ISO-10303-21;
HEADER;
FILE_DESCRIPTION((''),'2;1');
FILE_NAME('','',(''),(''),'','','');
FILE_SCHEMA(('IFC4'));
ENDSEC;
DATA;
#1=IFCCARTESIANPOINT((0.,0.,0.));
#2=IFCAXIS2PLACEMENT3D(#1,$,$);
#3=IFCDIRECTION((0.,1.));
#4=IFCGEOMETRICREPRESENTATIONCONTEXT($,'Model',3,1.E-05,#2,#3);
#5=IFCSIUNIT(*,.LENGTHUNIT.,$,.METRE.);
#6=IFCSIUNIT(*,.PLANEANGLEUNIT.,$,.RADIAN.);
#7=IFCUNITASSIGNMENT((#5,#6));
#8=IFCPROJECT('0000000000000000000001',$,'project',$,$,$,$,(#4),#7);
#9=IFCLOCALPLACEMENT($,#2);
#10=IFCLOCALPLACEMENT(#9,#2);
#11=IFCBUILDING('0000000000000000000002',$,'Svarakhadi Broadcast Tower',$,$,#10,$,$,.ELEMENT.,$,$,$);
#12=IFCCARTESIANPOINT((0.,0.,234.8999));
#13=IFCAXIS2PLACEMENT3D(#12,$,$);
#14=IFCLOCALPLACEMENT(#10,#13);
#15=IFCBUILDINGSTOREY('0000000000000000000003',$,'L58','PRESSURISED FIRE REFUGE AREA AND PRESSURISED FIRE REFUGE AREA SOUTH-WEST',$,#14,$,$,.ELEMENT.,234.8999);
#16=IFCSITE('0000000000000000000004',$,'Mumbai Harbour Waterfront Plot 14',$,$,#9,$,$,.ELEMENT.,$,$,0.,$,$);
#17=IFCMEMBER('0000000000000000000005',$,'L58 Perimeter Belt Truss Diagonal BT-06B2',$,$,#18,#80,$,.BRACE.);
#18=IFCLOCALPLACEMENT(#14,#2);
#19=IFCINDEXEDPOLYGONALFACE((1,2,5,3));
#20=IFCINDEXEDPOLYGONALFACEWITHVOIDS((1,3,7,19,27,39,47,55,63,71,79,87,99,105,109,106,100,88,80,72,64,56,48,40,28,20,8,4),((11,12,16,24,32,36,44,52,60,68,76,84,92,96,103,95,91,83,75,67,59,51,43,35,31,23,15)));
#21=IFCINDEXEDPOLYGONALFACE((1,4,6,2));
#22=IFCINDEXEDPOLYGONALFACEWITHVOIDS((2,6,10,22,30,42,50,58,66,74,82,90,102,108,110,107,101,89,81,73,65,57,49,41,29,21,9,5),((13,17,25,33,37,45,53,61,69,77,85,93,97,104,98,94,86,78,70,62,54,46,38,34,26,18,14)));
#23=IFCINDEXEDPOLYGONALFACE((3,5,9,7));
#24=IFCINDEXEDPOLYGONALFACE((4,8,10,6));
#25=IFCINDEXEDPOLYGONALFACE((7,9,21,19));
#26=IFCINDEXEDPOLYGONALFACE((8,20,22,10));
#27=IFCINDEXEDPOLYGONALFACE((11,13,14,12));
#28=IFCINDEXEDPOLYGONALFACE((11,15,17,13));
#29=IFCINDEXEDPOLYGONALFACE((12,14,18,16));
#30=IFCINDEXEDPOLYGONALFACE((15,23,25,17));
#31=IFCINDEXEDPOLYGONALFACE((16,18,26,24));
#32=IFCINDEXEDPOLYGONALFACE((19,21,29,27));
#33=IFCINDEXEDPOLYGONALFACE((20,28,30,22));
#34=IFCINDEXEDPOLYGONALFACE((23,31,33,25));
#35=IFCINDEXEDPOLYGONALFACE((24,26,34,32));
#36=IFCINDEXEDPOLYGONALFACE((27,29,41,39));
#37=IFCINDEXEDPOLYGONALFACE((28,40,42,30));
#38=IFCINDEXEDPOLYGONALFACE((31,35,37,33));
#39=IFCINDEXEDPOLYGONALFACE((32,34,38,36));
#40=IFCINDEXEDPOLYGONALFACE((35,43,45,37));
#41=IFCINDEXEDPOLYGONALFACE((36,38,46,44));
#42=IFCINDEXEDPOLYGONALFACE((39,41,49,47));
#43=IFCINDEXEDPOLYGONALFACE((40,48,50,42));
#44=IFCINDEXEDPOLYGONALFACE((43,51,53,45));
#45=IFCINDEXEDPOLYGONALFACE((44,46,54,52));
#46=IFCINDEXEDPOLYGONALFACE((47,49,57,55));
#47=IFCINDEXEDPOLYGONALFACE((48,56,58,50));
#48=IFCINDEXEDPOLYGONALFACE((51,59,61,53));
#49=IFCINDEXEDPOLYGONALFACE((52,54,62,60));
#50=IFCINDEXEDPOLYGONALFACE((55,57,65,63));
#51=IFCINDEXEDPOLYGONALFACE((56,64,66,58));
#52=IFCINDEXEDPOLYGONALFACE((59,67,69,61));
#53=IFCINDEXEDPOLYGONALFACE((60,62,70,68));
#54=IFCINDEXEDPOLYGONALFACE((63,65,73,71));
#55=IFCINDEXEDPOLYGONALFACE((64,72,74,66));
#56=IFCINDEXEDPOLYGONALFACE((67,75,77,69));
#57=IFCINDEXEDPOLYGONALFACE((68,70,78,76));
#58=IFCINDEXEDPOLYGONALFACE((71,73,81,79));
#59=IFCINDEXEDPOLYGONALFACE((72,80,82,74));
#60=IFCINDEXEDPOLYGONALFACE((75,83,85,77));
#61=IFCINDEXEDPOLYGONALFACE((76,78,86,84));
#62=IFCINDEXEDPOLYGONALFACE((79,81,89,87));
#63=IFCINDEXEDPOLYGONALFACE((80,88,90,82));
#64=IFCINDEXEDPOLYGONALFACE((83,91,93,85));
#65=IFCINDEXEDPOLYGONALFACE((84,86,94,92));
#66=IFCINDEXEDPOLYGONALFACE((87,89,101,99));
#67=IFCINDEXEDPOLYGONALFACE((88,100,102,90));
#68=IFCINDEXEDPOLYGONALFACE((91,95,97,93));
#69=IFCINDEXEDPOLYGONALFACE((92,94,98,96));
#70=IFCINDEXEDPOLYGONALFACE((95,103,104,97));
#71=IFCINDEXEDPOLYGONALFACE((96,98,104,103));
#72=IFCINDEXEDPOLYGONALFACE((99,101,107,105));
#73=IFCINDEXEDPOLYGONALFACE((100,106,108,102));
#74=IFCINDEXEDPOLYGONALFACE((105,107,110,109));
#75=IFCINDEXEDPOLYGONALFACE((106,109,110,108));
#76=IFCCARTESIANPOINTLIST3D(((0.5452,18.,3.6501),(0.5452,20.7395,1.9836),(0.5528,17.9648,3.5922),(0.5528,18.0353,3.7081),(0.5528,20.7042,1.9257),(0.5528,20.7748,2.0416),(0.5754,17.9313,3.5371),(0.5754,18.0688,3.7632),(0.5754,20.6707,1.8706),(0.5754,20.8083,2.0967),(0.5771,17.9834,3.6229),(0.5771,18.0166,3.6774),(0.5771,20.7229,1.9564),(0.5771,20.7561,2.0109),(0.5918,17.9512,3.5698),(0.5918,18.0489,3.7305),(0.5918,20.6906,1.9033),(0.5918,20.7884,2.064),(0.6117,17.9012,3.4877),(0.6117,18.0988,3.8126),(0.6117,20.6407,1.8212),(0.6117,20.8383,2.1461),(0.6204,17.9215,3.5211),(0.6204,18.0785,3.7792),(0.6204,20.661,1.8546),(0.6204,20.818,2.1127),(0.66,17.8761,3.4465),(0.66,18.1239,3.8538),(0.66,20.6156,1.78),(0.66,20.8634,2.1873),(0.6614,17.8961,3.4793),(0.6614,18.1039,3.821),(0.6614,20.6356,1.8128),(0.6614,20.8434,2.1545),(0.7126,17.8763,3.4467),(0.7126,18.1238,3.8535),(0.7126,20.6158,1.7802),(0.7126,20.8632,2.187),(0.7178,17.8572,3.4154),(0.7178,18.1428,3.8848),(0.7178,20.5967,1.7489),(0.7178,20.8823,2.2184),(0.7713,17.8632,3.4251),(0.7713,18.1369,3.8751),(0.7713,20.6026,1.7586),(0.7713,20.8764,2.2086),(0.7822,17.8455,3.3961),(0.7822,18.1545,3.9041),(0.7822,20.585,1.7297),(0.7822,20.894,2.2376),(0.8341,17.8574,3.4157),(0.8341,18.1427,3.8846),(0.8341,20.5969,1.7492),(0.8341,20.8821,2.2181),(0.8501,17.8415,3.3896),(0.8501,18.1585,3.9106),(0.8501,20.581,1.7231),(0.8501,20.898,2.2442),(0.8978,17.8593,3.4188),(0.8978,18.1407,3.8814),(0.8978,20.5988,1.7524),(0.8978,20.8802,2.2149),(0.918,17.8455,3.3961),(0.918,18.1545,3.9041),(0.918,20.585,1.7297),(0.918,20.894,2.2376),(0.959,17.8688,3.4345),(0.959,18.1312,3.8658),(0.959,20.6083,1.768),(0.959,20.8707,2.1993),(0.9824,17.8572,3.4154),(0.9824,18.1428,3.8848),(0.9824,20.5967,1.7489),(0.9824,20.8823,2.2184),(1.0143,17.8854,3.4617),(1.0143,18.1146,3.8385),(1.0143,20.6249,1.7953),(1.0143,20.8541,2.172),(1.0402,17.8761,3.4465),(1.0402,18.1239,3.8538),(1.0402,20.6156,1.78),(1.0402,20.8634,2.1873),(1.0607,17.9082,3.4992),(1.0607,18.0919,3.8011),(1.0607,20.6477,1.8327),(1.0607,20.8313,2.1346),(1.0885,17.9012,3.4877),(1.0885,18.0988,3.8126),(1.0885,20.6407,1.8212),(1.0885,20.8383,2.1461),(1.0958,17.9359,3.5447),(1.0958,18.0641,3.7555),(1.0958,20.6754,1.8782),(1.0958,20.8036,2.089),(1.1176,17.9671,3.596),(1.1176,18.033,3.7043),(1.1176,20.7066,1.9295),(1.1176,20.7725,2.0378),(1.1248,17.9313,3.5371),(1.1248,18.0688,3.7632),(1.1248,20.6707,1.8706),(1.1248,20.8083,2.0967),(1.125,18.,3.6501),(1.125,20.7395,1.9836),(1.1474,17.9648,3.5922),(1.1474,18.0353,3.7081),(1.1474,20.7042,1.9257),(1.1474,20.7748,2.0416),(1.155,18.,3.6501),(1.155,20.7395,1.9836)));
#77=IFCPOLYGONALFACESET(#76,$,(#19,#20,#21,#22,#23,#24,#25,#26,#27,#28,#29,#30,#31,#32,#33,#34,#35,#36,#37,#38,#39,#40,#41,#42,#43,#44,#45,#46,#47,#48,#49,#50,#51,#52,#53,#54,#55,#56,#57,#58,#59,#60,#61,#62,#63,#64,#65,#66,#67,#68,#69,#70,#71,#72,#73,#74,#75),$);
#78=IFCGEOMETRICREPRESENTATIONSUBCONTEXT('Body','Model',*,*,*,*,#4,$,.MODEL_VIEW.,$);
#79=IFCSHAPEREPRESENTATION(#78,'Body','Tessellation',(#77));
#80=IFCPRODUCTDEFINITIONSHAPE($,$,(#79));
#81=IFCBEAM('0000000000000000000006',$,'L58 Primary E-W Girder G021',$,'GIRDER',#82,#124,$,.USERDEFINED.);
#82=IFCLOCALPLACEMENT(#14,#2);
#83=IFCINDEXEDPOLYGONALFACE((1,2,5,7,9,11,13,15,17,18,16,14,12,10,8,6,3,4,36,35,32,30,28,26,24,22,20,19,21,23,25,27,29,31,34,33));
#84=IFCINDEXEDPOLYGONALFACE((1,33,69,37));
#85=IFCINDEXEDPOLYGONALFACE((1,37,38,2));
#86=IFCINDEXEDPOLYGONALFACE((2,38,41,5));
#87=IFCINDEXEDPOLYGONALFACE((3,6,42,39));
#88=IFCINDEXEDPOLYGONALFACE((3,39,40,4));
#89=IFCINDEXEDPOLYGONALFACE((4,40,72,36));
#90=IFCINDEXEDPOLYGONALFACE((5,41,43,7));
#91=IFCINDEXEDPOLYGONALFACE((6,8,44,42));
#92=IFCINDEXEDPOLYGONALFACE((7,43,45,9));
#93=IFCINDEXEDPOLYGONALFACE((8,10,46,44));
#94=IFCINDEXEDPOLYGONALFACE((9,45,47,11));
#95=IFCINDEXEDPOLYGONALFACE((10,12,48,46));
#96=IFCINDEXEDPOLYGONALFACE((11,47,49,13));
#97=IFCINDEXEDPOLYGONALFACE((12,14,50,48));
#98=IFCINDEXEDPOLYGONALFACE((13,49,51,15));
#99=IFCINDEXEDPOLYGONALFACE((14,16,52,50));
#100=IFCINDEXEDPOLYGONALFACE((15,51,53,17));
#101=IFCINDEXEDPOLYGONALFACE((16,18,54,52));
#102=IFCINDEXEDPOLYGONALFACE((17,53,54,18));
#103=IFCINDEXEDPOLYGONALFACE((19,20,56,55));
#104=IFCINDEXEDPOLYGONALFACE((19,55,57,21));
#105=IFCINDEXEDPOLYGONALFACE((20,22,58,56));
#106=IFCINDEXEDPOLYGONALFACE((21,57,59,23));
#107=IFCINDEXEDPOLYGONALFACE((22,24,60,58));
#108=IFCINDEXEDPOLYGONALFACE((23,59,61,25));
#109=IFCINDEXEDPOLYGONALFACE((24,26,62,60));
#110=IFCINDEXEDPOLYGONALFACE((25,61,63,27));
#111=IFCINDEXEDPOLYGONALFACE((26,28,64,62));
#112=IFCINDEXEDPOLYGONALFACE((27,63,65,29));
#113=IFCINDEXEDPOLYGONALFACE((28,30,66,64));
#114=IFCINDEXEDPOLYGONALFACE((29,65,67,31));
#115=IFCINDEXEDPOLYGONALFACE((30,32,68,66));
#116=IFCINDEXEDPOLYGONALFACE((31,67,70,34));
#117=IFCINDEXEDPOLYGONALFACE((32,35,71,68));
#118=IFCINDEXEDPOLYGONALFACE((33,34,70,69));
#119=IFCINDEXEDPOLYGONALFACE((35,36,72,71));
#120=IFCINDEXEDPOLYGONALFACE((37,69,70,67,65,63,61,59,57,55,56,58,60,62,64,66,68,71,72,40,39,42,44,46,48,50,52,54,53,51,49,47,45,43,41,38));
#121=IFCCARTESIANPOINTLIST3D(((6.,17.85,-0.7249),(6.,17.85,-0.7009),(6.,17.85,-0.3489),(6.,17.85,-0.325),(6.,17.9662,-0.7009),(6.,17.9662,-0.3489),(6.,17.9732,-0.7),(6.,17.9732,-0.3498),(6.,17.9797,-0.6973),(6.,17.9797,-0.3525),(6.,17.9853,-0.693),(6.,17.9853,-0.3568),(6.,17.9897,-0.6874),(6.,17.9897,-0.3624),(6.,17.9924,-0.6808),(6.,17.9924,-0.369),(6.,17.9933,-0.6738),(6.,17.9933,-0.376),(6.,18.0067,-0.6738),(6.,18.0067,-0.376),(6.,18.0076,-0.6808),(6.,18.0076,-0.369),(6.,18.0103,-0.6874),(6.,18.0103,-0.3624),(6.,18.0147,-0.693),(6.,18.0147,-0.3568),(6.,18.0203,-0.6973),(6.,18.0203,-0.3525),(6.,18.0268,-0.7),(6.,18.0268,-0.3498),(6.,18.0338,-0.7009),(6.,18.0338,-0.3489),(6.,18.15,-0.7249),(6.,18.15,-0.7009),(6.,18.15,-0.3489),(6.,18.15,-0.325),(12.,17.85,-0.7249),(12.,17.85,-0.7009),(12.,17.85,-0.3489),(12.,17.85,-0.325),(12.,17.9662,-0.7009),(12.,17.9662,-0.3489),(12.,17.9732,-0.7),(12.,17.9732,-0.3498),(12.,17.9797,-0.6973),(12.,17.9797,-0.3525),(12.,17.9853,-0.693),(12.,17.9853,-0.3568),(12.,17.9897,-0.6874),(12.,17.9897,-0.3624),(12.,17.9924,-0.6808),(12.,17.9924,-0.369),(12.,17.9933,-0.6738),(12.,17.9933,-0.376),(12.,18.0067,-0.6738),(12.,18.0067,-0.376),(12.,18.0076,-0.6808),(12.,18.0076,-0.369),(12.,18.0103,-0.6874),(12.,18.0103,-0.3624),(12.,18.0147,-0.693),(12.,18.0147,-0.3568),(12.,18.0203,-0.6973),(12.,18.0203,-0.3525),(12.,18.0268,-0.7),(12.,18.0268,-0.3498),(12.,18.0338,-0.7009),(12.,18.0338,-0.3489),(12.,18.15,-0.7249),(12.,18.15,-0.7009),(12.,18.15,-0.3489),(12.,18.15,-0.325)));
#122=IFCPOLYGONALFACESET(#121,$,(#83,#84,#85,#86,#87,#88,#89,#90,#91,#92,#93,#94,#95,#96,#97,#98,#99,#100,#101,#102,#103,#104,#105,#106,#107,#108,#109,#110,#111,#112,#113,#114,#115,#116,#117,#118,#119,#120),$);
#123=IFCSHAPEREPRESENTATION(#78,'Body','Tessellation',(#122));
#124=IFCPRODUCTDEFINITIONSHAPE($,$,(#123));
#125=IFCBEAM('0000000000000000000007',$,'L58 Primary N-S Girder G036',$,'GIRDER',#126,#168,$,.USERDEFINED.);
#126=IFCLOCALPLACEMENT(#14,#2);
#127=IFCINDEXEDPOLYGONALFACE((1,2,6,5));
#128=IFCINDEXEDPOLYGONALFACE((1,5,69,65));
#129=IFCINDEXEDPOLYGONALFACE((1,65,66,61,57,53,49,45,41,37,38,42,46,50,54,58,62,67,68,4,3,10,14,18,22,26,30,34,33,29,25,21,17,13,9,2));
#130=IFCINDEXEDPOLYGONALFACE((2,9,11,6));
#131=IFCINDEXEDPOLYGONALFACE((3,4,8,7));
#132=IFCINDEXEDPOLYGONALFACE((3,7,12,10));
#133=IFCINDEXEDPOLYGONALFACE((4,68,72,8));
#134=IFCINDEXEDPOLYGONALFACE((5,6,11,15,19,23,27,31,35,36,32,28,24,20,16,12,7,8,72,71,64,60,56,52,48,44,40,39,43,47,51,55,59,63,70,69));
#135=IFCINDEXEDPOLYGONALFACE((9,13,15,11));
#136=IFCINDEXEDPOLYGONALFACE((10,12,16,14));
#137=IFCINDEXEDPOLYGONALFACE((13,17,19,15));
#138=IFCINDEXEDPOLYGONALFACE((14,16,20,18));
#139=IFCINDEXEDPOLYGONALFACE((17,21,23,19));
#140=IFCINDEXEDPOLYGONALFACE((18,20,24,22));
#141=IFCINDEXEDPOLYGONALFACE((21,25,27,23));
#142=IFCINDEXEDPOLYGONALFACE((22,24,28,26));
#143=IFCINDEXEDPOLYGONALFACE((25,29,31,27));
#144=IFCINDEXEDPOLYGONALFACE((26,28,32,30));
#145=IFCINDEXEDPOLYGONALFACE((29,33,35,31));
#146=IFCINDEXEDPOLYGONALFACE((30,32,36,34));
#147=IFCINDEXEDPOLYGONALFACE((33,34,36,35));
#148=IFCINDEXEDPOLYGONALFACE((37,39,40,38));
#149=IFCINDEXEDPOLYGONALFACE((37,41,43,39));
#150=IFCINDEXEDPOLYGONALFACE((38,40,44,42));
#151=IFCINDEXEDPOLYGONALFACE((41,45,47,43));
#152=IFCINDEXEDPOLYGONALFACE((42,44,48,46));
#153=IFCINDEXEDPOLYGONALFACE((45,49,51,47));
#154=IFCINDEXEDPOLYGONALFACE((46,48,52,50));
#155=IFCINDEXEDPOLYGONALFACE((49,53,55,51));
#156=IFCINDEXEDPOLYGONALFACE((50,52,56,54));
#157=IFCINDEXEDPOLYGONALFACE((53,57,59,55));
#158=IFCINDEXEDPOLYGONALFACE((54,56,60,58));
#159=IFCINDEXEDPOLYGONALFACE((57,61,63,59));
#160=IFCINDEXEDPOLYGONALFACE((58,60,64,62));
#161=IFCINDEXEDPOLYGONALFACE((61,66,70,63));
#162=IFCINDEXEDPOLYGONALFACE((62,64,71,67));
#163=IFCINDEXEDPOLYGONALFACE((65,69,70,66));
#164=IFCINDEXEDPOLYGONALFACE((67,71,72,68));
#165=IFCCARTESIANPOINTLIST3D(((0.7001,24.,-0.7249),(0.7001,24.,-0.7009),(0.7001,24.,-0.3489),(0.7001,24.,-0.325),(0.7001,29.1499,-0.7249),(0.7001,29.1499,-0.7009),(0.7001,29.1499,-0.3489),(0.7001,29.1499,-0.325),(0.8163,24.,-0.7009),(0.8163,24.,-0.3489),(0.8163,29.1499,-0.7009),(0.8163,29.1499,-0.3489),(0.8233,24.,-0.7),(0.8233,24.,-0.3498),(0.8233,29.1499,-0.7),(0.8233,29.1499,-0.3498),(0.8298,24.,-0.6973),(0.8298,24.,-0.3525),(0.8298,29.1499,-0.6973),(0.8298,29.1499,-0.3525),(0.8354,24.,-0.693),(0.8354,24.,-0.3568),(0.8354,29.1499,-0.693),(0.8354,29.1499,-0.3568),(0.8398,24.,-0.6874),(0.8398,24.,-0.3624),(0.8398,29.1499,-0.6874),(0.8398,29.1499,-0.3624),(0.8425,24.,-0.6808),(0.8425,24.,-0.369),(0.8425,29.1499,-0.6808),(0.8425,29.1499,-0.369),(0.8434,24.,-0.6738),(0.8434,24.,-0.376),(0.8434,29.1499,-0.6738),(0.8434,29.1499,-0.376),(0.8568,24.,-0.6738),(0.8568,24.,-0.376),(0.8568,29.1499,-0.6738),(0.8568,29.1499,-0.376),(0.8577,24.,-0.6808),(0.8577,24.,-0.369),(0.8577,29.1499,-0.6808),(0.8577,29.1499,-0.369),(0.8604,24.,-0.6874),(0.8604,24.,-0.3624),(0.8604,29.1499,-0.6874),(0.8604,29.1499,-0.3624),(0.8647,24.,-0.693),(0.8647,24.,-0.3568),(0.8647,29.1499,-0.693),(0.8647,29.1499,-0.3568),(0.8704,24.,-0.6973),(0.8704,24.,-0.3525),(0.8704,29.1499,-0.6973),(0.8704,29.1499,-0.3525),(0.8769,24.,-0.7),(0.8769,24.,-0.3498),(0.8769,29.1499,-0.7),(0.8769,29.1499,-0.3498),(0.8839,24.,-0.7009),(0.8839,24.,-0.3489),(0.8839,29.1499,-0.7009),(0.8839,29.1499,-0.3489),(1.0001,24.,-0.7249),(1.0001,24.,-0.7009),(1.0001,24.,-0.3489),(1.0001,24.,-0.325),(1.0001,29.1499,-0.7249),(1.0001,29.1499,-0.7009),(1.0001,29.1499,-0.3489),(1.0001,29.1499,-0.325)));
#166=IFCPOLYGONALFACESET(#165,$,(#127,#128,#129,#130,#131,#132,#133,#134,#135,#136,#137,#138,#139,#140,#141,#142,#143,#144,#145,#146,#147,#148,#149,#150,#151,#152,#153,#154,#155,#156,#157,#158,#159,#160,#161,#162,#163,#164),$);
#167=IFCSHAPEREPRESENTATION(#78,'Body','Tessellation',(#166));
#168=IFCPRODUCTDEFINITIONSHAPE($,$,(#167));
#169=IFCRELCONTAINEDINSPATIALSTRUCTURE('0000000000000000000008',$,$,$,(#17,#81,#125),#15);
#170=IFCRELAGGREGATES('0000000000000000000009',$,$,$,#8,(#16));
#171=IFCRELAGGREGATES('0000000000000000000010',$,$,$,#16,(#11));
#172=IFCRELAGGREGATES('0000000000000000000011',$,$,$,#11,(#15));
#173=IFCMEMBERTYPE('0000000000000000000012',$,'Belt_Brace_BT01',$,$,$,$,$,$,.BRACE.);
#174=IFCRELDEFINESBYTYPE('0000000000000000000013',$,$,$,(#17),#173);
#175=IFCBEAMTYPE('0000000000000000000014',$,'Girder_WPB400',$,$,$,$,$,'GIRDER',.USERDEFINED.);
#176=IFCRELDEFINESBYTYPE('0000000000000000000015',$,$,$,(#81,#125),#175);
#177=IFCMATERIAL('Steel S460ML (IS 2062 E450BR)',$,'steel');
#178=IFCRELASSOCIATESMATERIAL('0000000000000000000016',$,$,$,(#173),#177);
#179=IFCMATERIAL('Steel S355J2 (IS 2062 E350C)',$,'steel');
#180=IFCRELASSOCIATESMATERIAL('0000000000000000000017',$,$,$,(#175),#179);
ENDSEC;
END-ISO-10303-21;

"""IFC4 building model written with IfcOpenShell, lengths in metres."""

from ifc_helpers import new_model, si_unit, direction, frame, origin, origin_2d, place, context, subcontext, project, spatial, hollow_circle, i_section, extrude, material, material_profile, profile_set, type_object, element, save


model = new_model("IFC4")

# Units and contexts
model_context = context("Model", 3, precision=1e-05, world=origin(), true_north=direction((0.0, 1.0)))
body_context = subcontext(model_context, "Body", "Model", "MODEL_VIEW")
ifc_project = project(units=[si_unit("LENGTHUNIT", "METRE"), si_unit("PLANEANGLEUNIT", "RADIAN")], contexts=[model_context])

# Site, building, storey
site_placement = place(None, origin())
site = spatial("IfcSite", under=ifc_project, at=site_placement, Name="Mumbai Harbour Waterfront Plot 14", CompositionType="ELEMENT", RefElevation=0.0)
building_placement = place(site_placement, origin())
building = spatial("IfcBuilding", under=site, at=building_placement, Name="Svarakhadi Broadcast Tower", CompositionType="ELEMENT")
storey_placement = place(building_placement, frame((0.0, 0.0, 234.8999)))
storey = spatial("IfcBuildingStorey", under=building, at=storey_placement, Name="L58", Description="PRESSURISED FIRE REFUGE AREA AND PRESSURISED FIRE REFUGE AREA SOUTH-WEST", CompositionType="ELEMENT", Elevation=234.8999)

# Shared definitions
ifc_material_1 = material(Name="Steel S355J2 (IS 2062 E350C)", Category="steel")

# Member
ifc_material_2 = material(Name="Steel S460ML (IS 2062 E450BR)", Category="steel")
ifc_material_profile_1 = material_profile(ifc_material_2, hollow_circle(Radius=0.3049, WallThickness=0.03, at=origin_2d()), Name="CHS 610x30")
ifc_profile_set_1 = profile_set([ifc_material_profile_1], Name="Steel S460ML (IS 2062 E450BR)")
member_type_1 = type_object("IfcMemberType", Name="Belt_Brace_BT01", PredefinedType="BRACE", material=ifc_profile_set_1)
for number, where, z_axis, x_axis, name in (
    (1, (0.8501, 20.7395, 1.9836), (0.0, -0.85434, 0.519715), (1.0, 0.0, 0.0), "L58 Perimeter Belt Truss Diagonal BT-06B2"),
):
    element("IfcMember", number, at=place(storey_placement, frame(where, z_axis=z_axis, x_axis=x_axis)), inside=storey, type_object=member_type_1, Name=name, PredefinedType="BRACE", context=body_context, shape_type="SweptSolid", body=[
        extrude(hollow_circle(Radius=0.3049, WallThickness=0.03, at=origin_2d()), origin(), (0.0, 0.0, 1.0), 3.2065),
    ])

# Beams
ifc_material_profile_2 = material_profile(ifc_material_1, i_section(OverallWidth=0.3, OverallDepth=0.3999, WebThickness=0.0134, FlangeThickness=0.0239, FilletRadius=0.0271, at=origin_2d()), Name="WPB 400x300x155")
ifc_profile_set_2 = profile_set([ifc_material_profile_2], Name="Steel S355J2 (IS 2062 E350C)")
beam_type_1 = type_object("IfcBeamType", Name="Girder_WPB400", ElementType="GIRDER", PredefinedType="USERDEFINED", material=ifc_profile_set_2)
beam_1_placement = place(storey_placement, frame((6.0, 18.0, -0.5249), z_axis=(1.0, 0.0, 0.0), x_axis=(0.0, 1.0, 0.0)))
element("IfcBeam", 2, at=beam_1_placement, inside=storey, type_object=beam_type_1, Name="L58 Primary E-W Girder G021", ObjectType="GIRDER", PredefinedType="USERDEFINED", context=body_context, shape_type="SweptSolid", body=[
    extrude(i_section(OverallWidth=0.3, OverallDepth=0.3999, WebThickness=0.0134, FlangeThickness=0.0239, FilletRadius=0.0271, at=origin_2d()), origin(), (0.0, 0.0, 1.0), 6.0),
])
beam_2_placement = place(storey_placement, frame((0.8501, 24.0, -0.5249), z_axis=(0.0, 1.0, 0.0), x_axis=(-1.0, 0.0, 0.0)))
element("IfcBeam", 3, at=beam_2_placement, inside=storey, type_object=beam_type_1, Name="L58 Primary N-S Girder G036", ObjectType="GIRDER", PredefinedType="USERDEFINED", context=body_context, shape_type="SweptSolid", body=[
    extrude(i_section(OverallWidth=0.3, OverallDepth=0.3999, WebThickness=0.0134, FlangeThickness=0.0239, FilletRadius=0.0271, at=origin_2d()), origin(), (0.0, 0.0, 1.0), 5.1499),
])

save(model, "model.ifc")
